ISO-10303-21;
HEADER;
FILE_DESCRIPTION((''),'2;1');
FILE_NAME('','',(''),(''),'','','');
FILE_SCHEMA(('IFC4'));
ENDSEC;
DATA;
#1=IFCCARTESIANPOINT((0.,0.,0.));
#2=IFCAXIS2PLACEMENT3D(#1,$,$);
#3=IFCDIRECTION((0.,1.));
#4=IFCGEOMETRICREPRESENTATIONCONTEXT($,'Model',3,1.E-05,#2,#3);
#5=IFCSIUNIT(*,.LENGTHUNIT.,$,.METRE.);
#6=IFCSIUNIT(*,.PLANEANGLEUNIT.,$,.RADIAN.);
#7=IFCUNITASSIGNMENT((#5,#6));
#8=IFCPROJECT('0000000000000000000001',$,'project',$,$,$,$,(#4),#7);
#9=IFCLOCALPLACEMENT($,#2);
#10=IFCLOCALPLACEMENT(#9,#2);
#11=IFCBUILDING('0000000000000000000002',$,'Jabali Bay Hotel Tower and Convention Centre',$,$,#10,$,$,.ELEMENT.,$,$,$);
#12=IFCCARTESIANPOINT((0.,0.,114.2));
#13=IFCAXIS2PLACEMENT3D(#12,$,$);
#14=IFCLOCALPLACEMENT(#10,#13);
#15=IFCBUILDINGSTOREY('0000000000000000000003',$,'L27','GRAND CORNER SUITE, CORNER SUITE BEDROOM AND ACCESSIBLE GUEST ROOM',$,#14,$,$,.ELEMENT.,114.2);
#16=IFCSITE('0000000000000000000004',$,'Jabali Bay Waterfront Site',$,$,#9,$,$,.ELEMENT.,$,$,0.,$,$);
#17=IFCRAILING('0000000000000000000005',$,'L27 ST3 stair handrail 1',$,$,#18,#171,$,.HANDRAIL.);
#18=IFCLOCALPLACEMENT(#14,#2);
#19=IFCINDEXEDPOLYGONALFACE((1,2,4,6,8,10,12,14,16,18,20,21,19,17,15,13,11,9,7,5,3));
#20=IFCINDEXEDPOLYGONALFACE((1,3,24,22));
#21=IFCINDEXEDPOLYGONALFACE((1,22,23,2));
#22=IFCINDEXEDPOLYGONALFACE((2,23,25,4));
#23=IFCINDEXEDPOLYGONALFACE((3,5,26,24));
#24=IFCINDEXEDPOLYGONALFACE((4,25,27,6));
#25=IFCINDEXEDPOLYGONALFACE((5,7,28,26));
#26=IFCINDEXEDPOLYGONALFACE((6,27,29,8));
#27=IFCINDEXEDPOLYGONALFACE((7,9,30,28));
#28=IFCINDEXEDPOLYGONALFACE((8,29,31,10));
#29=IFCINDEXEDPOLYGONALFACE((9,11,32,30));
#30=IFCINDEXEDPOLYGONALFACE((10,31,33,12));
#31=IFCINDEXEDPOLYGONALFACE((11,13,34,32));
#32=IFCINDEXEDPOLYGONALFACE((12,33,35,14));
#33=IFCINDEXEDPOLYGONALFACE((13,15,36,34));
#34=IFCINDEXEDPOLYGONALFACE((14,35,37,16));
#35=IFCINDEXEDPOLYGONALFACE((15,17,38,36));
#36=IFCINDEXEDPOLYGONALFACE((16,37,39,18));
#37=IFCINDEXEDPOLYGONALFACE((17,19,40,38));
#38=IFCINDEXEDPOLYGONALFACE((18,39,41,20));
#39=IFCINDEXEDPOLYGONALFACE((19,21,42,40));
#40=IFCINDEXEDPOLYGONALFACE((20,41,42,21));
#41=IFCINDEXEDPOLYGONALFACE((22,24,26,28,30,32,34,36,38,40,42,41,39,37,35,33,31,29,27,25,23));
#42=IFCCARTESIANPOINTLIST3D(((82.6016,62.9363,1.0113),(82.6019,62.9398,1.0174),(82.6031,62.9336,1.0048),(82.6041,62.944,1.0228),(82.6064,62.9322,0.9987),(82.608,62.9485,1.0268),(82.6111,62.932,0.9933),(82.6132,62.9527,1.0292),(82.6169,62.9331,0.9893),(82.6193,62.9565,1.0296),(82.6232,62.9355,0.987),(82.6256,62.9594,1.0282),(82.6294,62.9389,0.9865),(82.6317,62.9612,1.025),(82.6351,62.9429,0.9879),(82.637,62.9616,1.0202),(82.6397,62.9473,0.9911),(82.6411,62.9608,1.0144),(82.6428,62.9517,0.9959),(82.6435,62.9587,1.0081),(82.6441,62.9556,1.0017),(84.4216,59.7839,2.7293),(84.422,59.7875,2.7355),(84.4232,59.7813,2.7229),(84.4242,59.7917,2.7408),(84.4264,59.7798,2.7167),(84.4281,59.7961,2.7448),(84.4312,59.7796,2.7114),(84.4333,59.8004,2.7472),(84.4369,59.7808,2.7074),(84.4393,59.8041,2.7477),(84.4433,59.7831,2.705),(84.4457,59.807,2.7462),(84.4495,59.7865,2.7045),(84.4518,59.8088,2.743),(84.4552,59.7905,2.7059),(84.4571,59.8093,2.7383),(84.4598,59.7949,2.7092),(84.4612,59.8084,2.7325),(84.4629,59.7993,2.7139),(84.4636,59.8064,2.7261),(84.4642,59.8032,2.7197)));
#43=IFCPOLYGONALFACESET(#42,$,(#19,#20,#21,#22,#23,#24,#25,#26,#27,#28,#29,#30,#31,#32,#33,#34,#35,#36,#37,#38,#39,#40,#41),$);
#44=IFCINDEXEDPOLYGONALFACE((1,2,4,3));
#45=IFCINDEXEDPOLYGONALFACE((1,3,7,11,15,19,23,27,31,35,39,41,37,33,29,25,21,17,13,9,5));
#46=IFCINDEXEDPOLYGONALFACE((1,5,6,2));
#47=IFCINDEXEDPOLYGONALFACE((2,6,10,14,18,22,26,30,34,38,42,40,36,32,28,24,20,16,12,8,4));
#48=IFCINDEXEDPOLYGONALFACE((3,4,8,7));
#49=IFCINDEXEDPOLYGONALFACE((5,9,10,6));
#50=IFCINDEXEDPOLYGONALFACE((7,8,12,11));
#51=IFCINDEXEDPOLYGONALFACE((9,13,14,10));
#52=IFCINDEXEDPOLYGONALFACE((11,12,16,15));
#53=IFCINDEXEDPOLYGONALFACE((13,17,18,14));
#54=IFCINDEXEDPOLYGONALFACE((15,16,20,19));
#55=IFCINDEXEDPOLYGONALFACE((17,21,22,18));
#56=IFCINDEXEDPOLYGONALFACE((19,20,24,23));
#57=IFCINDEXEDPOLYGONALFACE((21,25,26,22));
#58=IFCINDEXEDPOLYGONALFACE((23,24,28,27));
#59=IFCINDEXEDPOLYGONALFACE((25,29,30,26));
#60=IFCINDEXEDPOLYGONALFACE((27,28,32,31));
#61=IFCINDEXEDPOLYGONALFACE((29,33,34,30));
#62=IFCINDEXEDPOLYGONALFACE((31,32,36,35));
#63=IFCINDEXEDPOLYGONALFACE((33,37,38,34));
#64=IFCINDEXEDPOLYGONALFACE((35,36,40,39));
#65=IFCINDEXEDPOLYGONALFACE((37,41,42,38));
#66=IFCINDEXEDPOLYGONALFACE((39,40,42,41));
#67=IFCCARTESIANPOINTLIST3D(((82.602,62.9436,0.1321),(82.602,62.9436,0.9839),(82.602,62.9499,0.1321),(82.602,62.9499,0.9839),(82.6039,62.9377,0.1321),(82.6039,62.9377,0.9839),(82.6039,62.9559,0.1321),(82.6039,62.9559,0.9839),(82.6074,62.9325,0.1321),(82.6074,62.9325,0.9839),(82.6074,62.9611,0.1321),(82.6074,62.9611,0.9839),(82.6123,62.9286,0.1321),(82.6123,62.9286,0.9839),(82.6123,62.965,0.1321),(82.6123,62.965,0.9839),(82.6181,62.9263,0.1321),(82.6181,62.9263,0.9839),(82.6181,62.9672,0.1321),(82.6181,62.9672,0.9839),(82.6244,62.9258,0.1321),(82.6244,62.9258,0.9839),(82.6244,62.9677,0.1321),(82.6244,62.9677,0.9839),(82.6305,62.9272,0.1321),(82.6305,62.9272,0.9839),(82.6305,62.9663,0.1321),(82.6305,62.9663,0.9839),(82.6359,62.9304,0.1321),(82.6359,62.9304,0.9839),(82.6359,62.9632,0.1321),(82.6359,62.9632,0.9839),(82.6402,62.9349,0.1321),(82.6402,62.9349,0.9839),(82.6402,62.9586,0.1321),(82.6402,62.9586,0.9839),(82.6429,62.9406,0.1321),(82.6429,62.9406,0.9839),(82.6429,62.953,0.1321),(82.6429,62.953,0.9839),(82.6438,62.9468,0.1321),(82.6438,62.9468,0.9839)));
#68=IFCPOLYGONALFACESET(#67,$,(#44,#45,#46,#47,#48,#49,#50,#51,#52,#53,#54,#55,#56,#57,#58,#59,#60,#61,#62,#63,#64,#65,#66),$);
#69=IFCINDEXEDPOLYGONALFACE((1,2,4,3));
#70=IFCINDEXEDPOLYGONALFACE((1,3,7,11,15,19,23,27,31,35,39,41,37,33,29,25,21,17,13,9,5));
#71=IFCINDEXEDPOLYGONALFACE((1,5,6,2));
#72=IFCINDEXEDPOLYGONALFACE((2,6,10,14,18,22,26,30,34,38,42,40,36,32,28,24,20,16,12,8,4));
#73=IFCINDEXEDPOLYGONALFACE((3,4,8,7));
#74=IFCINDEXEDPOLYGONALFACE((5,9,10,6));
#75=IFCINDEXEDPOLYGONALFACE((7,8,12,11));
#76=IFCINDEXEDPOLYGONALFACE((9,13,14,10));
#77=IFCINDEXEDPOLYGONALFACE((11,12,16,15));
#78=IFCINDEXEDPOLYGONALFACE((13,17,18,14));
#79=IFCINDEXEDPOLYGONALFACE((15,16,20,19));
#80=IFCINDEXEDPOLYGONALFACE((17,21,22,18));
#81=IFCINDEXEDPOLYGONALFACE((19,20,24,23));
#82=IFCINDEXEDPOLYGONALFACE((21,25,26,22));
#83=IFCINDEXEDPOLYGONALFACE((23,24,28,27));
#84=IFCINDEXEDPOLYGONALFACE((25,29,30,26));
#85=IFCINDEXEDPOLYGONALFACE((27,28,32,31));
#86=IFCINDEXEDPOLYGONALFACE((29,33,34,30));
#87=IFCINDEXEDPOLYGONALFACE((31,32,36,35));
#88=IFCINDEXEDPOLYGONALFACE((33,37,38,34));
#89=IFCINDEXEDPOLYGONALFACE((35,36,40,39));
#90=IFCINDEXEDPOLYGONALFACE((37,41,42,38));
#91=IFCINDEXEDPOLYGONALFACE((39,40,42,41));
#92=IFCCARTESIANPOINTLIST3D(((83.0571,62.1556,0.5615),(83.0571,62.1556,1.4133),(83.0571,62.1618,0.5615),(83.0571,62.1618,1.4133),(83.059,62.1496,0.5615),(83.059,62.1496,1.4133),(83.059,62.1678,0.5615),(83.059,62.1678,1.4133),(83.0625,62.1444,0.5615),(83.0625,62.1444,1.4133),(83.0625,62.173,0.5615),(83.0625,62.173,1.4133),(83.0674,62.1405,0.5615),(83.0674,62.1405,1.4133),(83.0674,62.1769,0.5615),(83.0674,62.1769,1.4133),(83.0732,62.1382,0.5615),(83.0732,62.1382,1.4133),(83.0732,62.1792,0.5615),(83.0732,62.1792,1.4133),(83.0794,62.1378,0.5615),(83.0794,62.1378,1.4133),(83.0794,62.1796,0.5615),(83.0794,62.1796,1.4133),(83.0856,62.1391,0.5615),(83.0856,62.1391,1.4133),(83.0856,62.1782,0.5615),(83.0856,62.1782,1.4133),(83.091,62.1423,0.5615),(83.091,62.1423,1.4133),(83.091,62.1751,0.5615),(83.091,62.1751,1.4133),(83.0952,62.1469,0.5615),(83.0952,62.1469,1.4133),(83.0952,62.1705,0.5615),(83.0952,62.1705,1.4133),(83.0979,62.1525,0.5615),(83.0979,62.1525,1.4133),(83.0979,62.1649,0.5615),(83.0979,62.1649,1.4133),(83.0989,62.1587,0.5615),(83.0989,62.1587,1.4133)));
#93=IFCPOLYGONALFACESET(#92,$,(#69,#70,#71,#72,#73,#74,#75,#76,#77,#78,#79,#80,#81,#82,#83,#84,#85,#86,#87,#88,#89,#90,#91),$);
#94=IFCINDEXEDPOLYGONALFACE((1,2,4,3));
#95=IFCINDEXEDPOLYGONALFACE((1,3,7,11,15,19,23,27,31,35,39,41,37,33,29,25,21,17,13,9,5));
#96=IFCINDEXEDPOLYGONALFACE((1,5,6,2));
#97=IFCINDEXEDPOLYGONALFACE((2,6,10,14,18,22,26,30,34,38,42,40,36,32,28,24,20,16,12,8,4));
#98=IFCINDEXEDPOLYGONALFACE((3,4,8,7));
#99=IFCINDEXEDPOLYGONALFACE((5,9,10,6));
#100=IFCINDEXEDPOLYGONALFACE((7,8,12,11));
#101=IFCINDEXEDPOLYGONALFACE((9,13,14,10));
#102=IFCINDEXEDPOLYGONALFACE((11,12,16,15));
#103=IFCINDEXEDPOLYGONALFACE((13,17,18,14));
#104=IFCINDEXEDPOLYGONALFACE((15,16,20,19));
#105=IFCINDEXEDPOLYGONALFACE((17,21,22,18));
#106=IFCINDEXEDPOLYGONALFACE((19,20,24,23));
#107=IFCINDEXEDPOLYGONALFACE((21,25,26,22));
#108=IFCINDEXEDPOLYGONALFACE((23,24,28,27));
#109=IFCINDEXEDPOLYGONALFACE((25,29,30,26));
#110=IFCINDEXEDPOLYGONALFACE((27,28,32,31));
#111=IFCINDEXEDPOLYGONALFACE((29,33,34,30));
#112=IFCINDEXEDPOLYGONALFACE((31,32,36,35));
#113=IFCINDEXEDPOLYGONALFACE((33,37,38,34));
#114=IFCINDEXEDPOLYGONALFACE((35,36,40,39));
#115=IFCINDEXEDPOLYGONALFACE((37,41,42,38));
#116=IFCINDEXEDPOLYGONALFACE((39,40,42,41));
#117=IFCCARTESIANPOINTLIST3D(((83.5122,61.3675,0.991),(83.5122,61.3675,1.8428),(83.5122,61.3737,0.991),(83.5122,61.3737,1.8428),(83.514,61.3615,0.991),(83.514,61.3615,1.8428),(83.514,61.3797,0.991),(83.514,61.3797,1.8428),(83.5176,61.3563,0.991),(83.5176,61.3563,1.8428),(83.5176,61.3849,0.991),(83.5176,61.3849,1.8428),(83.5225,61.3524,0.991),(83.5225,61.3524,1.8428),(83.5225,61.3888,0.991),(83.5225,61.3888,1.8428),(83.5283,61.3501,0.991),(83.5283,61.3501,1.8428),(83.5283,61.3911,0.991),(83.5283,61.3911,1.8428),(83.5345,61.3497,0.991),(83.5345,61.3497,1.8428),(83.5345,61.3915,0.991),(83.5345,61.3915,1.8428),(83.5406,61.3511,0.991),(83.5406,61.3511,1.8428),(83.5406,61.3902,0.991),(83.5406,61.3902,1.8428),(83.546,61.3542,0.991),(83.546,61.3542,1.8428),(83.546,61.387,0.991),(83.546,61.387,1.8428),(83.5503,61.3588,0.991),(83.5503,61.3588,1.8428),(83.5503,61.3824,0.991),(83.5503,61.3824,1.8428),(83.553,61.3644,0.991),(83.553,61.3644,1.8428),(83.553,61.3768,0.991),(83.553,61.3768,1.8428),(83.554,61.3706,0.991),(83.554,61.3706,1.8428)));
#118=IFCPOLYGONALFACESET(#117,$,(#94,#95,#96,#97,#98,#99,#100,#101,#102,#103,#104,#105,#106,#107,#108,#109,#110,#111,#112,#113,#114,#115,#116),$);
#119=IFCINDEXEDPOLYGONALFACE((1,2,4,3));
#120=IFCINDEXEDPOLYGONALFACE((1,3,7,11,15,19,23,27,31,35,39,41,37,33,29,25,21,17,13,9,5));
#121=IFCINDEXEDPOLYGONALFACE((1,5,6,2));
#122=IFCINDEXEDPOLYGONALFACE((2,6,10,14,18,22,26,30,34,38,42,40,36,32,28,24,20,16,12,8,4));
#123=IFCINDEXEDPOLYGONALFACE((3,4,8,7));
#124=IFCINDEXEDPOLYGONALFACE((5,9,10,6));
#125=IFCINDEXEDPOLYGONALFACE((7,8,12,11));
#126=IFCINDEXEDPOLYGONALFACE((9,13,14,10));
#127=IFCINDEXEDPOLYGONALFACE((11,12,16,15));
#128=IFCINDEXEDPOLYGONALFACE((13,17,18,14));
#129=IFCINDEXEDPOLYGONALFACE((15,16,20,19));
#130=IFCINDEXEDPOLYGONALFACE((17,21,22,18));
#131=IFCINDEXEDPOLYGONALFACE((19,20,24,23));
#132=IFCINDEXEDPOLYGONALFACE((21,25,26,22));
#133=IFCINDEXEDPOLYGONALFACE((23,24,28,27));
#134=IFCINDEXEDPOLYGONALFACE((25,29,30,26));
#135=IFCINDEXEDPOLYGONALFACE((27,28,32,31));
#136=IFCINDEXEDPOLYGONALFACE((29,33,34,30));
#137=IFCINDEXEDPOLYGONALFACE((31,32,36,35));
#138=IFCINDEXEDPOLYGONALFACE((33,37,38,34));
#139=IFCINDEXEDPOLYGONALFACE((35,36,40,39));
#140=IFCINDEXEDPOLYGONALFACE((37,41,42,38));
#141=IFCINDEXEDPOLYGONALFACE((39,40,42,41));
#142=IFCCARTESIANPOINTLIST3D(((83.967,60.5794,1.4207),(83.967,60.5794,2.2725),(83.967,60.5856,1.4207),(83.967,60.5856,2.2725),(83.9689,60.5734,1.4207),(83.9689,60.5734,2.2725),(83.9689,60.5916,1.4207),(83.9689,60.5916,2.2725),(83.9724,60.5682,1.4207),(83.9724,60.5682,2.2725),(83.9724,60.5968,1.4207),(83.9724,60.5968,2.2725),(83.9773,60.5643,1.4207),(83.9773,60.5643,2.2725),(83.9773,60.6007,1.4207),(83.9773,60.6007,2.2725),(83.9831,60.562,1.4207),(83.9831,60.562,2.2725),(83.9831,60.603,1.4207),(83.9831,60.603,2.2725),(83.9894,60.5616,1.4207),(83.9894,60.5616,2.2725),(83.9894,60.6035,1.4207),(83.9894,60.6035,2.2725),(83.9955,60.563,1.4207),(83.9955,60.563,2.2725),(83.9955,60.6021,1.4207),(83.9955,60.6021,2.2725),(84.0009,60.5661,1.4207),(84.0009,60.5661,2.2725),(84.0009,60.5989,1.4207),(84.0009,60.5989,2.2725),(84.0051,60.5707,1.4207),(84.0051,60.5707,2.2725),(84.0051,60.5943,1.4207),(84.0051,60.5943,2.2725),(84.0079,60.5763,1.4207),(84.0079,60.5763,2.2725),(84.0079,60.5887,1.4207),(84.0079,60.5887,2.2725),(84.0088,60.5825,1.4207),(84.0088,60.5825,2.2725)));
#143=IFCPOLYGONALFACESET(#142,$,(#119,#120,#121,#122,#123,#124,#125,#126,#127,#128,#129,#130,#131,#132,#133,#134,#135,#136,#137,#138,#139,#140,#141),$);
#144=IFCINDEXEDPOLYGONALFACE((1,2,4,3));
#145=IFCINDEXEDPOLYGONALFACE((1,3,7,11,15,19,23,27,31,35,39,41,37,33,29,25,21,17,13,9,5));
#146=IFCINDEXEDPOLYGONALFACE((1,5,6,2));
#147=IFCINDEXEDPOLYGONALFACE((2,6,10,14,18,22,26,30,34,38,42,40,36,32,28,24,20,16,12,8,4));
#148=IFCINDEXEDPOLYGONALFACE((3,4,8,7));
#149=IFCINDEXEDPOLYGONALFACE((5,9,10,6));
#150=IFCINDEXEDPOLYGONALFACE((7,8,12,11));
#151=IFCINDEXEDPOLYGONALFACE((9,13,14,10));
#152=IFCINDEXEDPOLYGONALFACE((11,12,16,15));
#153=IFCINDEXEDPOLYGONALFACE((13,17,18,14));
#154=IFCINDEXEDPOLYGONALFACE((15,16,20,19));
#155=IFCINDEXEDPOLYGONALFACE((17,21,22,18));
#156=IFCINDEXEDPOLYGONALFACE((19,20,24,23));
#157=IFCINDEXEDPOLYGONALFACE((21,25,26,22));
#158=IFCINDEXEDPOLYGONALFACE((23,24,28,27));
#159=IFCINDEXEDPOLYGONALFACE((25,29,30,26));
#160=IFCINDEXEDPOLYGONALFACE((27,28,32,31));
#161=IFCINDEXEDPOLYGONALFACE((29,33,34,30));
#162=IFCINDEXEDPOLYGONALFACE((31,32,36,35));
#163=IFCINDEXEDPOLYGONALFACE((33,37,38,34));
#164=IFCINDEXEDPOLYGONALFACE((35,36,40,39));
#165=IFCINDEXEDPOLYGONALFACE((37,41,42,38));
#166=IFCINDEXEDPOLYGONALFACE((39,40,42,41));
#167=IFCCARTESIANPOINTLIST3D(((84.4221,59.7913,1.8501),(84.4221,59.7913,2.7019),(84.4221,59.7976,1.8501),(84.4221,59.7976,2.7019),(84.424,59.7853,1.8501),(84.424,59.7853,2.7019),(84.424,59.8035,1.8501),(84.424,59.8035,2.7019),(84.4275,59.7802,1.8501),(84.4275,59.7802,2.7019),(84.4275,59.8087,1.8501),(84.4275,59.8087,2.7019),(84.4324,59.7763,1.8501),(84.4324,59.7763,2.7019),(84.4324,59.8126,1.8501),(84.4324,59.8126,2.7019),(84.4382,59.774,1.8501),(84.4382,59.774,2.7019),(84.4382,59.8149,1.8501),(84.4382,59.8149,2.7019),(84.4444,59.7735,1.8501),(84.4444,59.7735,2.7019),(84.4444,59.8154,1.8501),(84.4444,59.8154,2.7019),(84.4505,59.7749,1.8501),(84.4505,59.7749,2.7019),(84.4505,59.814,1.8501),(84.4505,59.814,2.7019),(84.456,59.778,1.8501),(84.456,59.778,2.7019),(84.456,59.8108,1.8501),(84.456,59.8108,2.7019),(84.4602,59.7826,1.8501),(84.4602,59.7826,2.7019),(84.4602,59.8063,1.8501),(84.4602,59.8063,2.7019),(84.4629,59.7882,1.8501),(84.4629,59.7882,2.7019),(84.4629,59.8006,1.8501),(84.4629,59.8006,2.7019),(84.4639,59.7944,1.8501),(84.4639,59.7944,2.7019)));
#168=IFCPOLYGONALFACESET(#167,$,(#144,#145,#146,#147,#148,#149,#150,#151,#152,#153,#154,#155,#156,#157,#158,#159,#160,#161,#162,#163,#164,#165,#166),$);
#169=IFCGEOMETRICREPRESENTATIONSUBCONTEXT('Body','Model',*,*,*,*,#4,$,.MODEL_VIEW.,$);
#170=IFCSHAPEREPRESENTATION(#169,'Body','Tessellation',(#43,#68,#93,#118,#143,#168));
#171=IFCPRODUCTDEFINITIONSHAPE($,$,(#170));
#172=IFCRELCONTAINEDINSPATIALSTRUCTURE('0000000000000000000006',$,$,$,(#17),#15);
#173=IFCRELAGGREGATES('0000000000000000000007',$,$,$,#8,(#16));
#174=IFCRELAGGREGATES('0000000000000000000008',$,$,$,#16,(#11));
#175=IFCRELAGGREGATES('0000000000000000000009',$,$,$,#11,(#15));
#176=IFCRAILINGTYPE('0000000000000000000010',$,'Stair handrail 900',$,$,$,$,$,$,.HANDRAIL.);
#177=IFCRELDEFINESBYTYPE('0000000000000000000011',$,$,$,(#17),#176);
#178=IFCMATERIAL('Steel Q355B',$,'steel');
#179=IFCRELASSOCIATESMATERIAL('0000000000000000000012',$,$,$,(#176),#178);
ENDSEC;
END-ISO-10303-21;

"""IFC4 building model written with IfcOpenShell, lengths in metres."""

from ifc_helpers import new_model, si_unit, direction, frame, origin, origin_2d, place, context, subcontext, project, spatial, circle, extrude, material, type_object, element, save


model = new_model("IFC4")

# Units and contexts
model_context = context("Model", 3, precision=1e-05, world=origin(), true_north=direction((0.0, 1.0)))
body_context = subcontext(model_context, "Body", "Model", "MODEL_VIEW")
ifc_project = project(units=[si_unit("LENGTHUNIT", "METRE"), si_unit("PLANEANGLEUNIT", "RADIAN")], contexts=[model_context])

# Site, building, storey
site_placement = place(None, origin())
site = spatial("IfcSite", under=ifc_project, at=site_placement, Name="Jabali Bay Waterfront Site", CompositionType="ELEMENT", RefElevation=0.0)
building_placement = place(site_placement, origin())
building = spatial("IfcBuilding", under=site, at=building_placement, Name="Jabali Bay Hotel Tower and Convention Centre", CompositionType="ELEMENT")
storey_placement = place(building_placement, frame((0.0, 0.0, 114.2)))
storey = spatial("IfcBuildingStorey", under=building, at=storey_placement, Name="L27", Description="GRAND CORNER SUITE, CORNER SUITE BEDROOM AND ACCESSIBLE GUEST ROOM", CompositionType="ELEMENT", Elevation=114.2)

# Railing
ifc_material_1 = material(Name="Steel Q355B", Category="steel")
railing_type_1 = type_object("IfcRailingType", Name="Stair handrail 900", PredefinedType="HANDRAIL", material=ifc_material_1)
railing_1_placement = place(storey_placement, frame((82.6228, 62.9468, 0.1321)))
element("IfcRailing", 1, at=railing_1_placement, inside=storey, type_object=railing_type_1, Name="L27 ST3 stair handrail 1", PredefinedType="HANDRAIL", context=body_context, shape_type="SweptSolid", body=[
    extrude(circle(Radius=0.0239, at=origin_2d()), frame((0.0, 0.0, 0.876), z_axis=(0.452179, -0.78317, 0.426825), x_axis=(0.866018, 0.500013, 0.0)), (0.0, 0.0, 1.0), 4.0251),
    extrude(circle(Radius=0.021, at=origin_2d()), origin(), (0.0, 0.0, 1.0), 0.8518),
    extrude(circle(Radius=0.021, at=origin_2d()), frame((0.4551, -0.7881, 0.4294)), (0.0, 0.0, 1.0), 0.8518),
    extrude(circle(Radius=0.021, at=origin_2d()), frame((0.9102, -1.5762, 0.8589)), (0.0, 0.0, 1.0), 0.8518),
    extrude(circle(Radius=0.021, at=origin_2d()), frame((1.365, -2.3643, 1.2886)), (0.0, 0.0, 1.0), 0.8518),
    extrude(circle(Radius=0.021, at=origin_2d()), frame((1.8201, -3.1523, 1.718)), (0.0, 0.0, 1.0), 0.8518),
])

save(model, "model.ifc")
